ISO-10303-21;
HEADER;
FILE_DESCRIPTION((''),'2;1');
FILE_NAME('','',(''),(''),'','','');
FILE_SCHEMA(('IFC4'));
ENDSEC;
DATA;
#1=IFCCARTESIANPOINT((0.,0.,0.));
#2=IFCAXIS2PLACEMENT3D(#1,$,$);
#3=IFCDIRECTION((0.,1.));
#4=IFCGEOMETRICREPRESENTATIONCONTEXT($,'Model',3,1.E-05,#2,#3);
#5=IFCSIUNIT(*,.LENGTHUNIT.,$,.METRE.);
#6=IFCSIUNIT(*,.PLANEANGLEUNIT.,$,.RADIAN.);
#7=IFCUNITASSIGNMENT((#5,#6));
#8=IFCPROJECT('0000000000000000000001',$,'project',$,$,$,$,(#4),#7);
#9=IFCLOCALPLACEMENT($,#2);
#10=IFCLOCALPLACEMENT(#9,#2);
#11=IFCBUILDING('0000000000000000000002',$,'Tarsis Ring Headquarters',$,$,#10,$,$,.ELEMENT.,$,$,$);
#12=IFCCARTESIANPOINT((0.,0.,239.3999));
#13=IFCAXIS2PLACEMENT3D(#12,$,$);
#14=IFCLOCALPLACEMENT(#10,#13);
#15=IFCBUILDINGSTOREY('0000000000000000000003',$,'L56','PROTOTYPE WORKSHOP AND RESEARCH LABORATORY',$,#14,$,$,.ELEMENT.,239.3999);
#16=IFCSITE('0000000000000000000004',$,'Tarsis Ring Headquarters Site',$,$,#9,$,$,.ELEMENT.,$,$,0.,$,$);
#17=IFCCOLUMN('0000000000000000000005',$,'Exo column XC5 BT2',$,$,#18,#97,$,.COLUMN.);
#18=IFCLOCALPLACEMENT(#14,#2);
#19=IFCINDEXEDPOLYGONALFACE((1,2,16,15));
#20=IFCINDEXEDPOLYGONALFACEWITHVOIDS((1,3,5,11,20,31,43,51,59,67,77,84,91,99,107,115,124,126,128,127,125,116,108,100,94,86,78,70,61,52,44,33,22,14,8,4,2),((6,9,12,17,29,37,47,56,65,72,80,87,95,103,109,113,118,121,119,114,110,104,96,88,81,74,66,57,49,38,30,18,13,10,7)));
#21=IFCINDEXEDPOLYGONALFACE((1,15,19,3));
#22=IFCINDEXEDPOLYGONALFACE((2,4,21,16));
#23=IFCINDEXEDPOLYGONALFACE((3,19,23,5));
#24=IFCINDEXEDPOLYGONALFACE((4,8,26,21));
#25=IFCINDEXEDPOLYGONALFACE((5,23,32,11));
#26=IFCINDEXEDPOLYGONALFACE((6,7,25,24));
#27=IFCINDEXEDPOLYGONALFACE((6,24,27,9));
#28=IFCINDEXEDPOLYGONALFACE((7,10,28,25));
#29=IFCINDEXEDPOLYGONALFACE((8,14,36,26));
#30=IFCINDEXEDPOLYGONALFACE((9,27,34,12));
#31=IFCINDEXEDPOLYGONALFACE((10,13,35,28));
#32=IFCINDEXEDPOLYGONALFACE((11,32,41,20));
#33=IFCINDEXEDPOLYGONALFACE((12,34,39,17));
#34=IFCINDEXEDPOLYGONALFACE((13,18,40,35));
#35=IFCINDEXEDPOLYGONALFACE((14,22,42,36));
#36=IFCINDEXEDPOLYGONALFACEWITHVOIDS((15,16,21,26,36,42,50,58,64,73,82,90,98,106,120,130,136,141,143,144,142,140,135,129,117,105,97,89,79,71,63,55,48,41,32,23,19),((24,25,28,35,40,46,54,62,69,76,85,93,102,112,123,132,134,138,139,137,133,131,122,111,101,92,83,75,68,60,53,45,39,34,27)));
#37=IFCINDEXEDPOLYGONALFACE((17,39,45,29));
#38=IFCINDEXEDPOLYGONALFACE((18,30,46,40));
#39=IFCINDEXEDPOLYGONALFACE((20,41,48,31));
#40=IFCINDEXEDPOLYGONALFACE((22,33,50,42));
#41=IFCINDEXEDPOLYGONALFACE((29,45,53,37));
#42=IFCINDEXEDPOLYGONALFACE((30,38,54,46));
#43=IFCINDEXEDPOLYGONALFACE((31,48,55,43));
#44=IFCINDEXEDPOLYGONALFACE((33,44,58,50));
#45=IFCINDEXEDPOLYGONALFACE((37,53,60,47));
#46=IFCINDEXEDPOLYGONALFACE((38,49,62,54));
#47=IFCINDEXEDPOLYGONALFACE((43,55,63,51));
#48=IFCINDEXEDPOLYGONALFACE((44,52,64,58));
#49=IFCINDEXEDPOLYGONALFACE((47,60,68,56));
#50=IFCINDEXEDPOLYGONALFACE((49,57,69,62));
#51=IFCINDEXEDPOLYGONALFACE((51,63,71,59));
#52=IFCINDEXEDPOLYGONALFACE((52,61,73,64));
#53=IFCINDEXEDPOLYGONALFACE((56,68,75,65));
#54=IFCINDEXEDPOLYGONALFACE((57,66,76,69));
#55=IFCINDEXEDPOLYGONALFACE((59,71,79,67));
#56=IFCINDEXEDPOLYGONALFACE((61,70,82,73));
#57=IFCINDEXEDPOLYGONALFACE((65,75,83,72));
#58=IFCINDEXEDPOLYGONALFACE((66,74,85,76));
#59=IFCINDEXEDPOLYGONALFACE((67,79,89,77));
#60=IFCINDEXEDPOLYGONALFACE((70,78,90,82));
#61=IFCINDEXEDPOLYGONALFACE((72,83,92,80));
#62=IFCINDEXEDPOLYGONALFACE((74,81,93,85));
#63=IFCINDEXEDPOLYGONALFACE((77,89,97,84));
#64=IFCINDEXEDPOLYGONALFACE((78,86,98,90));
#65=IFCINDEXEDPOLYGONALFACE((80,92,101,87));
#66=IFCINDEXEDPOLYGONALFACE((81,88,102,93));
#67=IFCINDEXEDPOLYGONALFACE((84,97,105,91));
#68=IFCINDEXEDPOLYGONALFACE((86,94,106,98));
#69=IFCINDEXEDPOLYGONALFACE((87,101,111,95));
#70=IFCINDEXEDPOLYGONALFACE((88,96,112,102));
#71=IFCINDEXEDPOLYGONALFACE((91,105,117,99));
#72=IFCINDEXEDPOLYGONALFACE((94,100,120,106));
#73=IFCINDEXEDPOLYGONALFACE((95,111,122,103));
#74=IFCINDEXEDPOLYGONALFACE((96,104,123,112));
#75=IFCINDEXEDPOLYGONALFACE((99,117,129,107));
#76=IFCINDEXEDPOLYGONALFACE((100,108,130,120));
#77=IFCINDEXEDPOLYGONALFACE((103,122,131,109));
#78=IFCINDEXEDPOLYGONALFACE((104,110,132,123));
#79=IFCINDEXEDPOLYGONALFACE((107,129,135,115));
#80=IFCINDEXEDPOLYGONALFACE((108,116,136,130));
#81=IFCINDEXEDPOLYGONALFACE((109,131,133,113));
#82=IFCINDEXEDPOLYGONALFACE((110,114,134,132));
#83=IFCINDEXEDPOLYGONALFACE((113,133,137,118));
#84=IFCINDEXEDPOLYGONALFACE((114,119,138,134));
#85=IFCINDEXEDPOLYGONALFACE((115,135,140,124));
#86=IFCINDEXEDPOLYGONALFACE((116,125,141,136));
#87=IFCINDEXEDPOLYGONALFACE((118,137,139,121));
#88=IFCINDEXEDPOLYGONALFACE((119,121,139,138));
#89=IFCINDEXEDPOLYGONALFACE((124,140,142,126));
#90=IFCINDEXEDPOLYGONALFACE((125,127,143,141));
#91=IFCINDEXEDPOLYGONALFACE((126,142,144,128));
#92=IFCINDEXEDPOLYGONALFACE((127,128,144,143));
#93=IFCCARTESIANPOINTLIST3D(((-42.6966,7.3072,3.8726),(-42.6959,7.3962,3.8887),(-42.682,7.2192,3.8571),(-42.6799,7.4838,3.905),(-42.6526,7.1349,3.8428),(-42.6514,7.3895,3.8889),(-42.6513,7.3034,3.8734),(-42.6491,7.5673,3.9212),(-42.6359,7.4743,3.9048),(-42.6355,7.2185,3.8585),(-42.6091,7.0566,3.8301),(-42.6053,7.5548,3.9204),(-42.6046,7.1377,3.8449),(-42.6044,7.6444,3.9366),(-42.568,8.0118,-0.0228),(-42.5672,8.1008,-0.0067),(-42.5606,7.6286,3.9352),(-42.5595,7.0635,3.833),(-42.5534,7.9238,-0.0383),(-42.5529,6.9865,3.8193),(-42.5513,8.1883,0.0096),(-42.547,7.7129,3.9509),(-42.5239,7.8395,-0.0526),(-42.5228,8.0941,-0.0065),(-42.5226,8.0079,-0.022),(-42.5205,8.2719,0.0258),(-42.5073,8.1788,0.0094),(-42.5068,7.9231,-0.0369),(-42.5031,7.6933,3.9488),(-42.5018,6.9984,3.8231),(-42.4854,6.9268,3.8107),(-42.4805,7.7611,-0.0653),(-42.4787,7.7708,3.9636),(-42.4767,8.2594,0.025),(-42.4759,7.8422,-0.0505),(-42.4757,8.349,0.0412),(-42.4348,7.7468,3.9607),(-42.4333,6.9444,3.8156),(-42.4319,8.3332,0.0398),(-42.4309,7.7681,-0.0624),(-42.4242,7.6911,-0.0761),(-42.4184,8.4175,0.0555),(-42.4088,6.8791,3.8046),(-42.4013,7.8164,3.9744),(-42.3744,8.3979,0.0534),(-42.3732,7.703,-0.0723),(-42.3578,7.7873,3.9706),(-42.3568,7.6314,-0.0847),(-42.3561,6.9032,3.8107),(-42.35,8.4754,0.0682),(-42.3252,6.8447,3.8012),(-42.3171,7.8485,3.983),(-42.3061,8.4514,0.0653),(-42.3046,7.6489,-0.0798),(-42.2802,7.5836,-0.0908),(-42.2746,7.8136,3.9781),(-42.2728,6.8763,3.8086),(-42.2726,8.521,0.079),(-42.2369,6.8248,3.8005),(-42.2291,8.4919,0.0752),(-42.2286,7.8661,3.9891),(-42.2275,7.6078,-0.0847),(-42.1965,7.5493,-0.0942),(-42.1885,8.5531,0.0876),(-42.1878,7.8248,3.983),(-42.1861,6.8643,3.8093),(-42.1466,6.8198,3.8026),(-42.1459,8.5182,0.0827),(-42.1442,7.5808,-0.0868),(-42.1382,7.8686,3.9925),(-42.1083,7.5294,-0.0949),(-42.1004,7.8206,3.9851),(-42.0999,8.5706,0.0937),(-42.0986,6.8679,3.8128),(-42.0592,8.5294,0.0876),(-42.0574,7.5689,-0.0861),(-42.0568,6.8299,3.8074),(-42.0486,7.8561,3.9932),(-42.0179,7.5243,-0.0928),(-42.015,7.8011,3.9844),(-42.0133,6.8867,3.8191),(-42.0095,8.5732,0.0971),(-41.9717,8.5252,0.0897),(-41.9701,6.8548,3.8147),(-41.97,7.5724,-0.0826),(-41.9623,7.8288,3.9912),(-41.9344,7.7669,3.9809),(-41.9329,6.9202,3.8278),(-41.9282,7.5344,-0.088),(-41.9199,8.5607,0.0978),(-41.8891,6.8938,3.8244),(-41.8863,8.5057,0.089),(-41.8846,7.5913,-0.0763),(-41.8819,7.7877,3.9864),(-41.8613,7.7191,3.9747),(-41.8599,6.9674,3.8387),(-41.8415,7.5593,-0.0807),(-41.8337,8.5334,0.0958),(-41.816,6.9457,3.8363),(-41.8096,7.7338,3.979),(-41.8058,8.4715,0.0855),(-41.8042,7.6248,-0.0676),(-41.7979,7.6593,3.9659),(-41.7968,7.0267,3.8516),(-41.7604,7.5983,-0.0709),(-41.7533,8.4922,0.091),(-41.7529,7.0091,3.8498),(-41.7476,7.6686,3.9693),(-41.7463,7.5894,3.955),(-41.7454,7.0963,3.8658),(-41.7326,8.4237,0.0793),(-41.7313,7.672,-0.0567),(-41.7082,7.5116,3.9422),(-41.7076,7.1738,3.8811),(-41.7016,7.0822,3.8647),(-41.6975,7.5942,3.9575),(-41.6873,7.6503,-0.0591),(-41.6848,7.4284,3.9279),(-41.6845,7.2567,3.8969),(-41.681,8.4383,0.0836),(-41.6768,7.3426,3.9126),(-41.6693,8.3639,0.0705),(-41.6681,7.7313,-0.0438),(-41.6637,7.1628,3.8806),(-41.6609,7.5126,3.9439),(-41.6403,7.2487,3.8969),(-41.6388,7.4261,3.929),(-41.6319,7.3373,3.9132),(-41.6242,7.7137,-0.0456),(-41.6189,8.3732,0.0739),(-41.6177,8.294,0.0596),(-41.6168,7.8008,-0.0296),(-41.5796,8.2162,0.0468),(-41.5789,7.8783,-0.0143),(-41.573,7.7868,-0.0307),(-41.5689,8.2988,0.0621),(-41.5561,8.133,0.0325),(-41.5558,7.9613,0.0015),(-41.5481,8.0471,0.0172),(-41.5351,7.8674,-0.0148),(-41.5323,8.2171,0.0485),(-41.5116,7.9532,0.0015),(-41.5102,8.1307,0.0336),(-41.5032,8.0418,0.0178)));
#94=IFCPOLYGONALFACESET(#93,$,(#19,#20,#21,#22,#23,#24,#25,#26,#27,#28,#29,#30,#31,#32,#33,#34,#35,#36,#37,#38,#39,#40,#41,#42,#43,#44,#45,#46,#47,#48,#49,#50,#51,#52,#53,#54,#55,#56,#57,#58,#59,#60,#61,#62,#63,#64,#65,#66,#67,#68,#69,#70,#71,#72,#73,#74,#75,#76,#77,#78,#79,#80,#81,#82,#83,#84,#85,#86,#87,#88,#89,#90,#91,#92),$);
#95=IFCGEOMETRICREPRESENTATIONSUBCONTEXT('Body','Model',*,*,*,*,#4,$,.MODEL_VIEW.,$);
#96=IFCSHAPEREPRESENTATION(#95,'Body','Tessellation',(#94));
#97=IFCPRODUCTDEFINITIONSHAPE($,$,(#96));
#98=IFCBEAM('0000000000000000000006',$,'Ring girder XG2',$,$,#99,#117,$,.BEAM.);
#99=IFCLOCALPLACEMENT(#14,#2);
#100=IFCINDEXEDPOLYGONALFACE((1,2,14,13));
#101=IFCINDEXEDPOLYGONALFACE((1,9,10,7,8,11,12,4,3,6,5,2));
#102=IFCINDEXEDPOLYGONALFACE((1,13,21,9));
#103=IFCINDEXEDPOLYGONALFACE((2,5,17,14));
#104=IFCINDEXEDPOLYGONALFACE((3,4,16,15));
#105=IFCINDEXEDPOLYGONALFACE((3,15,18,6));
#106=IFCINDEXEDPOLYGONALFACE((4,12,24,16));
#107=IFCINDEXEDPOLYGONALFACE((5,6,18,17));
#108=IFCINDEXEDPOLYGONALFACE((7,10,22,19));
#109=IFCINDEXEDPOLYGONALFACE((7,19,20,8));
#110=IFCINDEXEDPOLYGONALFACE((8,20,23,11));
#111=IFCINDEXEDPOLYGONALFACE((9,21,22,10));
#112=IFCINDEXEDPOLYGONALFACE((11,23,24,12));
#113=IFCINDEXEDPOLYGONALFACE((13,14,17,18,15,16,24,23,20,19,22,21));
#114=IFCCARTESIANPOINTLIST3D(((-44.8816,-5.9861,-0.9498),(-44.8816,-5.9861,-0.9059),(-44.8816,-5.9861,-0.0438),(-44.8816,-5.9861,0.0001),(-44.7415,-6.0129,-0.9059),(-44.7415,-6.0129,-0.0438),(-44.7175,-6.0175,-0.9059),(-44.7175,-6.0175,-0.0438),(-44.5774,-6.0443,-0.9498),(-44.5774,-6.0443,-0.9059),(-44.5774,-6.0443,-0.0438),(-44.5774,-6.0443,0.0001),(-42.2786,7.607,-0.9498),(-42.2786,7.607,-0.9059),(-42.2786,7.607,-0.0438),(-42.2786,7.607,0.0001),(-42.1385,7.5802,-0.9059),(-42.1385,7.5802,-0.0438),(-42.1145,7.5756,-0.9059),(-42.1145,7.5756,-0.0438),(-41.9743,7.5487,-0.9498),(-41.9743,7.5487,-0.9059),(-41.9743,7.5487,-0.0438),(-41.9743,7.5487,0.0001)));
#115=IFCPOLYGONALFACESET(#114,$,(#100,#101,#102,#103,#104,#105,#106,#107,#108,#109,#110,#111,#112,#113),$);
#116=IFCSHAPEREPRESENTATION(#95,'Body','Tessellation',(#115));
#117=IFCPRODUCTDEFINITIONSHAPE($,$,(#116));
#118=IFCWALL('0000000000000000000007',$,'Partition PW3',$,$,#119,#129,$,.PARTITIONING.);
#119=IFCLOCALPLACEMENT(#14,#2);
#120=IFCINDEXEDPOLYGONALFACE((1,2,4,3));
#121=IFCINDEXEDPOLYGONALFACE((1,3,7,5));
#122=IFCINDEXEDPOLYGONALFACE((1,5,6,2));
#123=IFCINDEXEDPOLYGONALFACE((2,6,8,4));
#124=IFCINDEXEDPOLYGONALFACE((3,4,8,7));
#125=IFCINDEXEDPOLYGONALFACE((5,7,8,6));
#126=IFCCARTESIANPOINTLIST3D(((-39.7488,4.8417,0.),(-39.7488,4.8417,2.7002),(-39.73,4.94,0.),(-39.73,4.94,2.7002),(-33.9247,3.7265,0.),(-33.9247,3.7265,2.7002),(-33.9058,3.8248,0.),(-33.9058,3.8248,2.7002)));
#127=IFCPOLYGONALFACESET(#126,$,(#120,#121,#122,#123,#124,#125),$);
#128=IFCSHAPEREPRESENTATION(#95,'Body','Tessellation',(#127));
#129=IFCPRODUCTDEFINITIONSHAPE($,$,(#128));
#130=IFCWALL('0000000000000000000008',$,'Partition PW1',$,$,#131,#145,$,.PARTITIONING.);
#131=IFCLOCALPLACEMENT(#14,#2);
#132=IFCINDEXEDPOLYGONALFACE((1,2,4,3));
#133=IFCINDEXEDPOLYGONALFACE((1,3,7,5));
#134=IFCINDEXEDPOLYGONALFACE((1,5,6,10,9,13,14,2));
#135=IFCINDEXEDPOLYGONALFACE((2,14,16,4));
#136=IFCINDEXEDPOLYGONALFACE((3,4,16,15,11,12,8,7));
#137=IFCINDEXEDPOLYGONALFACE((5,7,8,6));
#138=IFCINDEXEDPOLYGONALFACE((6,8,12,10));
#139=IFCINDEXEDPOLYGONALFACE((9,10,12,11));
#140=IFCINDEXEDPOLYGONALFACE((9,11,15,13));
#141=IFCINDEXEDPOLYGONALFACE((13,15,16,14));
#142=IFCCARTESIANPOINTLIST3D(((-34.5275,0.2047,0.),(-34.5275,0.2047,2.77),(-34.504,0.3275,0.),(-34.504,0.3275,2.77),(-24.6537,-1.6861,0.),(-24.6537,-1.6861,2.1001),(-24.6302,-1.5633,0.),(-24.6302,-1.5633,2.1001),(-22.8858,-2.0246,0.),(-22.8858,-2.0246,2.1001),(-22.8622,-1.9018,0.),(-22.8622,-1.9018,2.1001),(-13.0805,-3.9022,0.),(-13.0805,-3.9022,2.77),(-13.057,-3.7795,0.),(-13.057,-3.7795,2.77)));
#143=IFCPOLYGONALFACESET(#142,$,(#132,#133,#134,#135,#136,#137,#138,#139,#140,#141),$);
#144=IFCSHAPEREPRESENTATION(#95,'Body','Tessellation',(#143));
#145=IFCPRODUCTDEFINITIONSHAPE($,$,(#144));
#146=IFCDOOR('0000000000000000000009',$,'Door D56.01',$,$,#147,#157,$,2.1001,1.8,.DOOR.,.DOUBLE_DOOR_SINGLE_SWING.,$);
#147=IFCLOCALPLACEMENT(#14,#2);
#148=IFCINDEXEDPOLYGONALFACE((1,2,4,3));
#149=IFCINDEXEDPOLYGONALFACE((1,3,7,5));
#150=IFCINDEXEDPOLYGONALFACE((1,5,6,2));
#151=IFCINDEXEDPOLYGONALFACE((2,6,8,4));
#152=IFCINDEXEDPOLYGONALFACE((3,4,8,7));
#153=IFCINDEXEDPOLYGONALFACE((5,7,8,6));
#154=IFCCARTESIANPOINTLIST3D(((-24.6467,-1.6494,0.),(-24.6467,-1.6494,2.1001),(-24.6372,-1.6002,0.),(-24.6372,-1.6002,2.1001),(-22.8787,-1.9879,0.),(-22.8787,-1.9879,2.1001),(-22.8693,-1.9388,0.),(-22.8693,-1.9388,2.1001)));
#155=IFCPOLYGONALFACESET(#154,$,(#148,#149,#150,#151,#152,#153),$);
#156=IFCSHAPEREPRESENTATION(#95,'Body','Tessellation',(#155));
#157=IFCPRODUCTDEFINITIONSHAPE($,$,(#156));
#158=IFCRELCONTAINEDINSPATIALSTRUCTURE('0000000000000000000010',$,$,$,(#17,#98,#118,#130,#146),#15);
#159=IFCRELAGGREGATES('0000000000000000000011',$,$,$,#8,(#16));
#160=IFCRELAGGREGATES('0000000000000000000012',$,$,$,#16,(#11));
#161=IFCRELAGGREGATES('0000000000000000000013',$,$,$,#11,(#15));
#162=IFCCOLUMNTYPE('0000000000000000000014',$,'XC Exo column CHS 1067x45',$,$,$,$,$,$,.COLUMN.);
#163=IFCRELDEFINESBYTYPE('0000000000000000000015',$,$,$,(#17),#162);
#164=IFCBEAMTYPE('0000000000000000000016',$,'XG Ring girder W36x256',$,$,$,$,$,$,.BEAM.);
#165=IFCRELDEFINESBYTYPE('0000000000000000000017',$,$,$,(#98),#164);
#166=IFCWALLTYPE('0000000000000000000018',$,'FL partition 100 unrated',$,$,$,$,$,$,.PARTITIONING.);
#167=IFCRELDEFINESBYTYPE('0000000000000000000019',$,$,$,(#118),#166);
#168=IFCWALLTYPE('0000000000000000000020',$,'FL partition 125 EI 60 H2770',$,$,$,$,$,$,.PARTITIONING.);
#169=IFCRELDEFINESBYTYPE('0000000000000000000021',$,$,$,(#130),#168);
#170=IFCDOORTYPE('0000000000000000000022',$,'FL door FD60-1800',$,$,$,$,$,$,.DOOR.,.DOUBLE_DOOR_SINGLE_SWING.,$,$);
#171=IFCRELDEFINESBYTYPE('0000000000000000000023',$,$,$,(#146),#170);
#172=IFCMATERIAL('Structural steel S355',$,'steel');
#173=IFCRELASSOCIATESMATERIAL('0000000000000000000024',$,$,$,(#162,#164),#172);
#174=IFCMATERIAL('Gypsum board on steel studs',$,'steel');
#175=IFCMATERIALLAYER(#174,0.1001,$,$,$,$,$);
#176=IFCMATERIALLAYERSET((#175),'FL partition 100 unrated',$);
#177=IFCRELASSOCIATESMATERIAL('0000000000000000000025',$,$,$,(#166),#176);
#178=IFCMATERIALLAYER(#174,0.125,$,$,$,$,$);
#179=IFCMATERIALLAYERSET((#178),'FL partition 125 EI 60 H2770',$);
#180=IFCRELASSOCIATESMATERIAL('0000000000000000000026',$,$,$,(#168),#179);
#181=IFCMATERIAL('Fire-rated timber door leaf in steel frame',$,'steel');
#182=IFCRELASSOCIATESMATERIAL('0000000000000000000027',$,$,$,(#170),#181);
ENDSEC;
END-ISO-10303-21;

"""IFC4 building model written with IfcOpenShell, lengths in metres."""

from ifc_helpers import new_model, si_unit, direction, frame, frame_2d, origin, origin_2d, place, context, subcontext, project, spatial, rectangle, hollow_circle, i_section, extrude, material, layer, layer_set, material_profile, profile_set, type_object, element, fill, save


model = new_model("IFC4")

# Units and contexts
model_context = context("Model", 3, precision=1e-05, world=origin(), true_north=direction((0.0, 1.0)))
body_context = subcontext(model_context, "Body", "Model", "MODEL_VIEW")
ifc_project = project(units=[si_unit("LENGTHUNIT", "METRE"), si_unit("PLANEANGLEUNIT", "RADIAN")], contexts=[model_context])

# Site, building, storey
site_placement = place(None, origin())
site = spatial("IfcSite", under=ifc_project, at=site_placement, Name="Tarsis Ring Headquarters Site", CompositionType="ELEMENT", RefElevation=0.0)
building_placement = place(site_placement, origin())
building = spatial("IfcBuilding", under=site, at=building_placement, Name="Tarsis Ring Headquarters", CompositionType="ELEMENT")
storey_placement = place(building_placement, frame((0.0, 0.0, 239.3999)))
storey = spatial("IfcBuildingStorey", under=building, at=storey_placement, Name="L56", Description="PROTOTYPE WORKSHOP AND RESEARCH LABORATORY", CompositionType="ELEMENT", Elevation=239.3999)

# Column
ifc_material_1 = material(Name="Structural steel S355", Category="steel")
ifc_material_profile_1 = material_profile(ifc_material_1, hollow_circle(Radius=0.5334, WallThickness=0.0449, at=origin_2d()), Name="CHS 1067x45")
ifc_profile_set_1 = profile_set([ifc_material_profile_1], Name="Structural steel S355")
column_type = type_object("IfcColumnType", Name="XC Exo column CHS 1067x45", PredefinedType="COLUMN", material=ifc_profile_set_1)
column_placement = place(storey_placement, frame((-42.0364, 8.0491, 0.0015), z_axis=(-0.032484, -0.177891, 0.983514), x_axis=(0.983733, -0.179635, 0.0)))
element("IfcColumn", 1, at=column_placement, inside=storey, type_object=column_type, Name="Exo column XC5 BT2", PredefinedType="COLUMN", context=body_context, shape_type="SweptSolid", body=[
    extrude(hollow_circle(Radius=0.5334, WallThickness=0.0449, at=origin_2d()), origin(), (0.0, 0.0, 1.0), 3.9607),
])

# Beam
ifc_material_profile_2 = material_profile(ifc_material_1, i_section(OverallWidth=0.3098, OverallDepth=0.95, WebThickness=0.0244, FlangeThickness=0.0439, at=origin_2d()), Name="W36x256")
ifc_profile_set_2 = profile_set([ifc_material_profile_2], Name="Structural steel S355")
beam_type = type_object("IfcBeamType", Name="XG Ring girder W36x256", PredefinedType="BEAM", material=ifc_profile_set_2)
beam_placement = place(storey_placement, frame((-42.1265, 7.5779, -0.4749), z_axis=(-0.18808, -0.982154, 0.0), x_axis=(0.982154, -0.18808, 0.0)))
element("IfcBeam", 2, at=beam_placement, inside=storey, type_object=beam_type, Name="Ring girder XG2", PredefinedType="BEAM", context=body_context, shape_type="SweptSolid", body=[
    extrude(i_section(OverallWidth=0.3098, OverallDepth=0.95, WebThickness=0.0244, FlangeThickness=0.0439, at=origin_2d()), origin(), (0.0, 0.0, 1.0), 13.8401),
])

# Wall
ifc_material_2 = material(Name="Gypsum board on steel studs", Category="steel")
ifc_layer_1 = layer(ifc_material_2, 0.1001)
ifc_layer_set_1 = layer_set([ifc_layer_1], Name="FL partition 100 unrated")
wall_type_1 = type_object("IfcWallType", Name="FL partition 100 unrated", PredefinedType="PARTITIONING", material=ifc_layer_set_1)
wall_1_placement = place(storey_placement, frame((-39.7393, 4.8909, 0.0), z_axis=(0.0, 0.0, 1.0), x_axis=(0.982156, -0.188066, 0.0)))
element("IfcWall", 3, at=wall_1_placement, inside=storey, type_object=wall_type_1, Name="Partition PW3", PredefinedType="PARTITIONING", context=body_context, shape_type="SweptSolid", body=[
    extrude(rectangle(XDim=5.9299, YDim=0.1001, at=frame_2d((2.9648, 0.0))), origin(), (0.0, 0.0, 1.0), 2.7002),
])

# Wall, opening, door
ifc_layer_2 = layer(ifc_material_2, 0.125)
ifc_layer_set_2 = layer_set([ifc_layer_2], Name="FL partition 125 EI 60 H2770")
wall_type_2 = type_object("IfcWallType", Name="FL partition 125 EI 60 H2770", PredefinedType="PARTITIONING", material=ifc_layer_set_2)
wall_2_placement = place(storey_placement, frame((-34.5159, 0.2661, 0.0), z_axis=(0.0, 0.0, 1.0), x_axis=(0.982155, -0.188075, 0.0)))
wall_2 = element("IfcWall", 4, at=wall_2_placement, inside=storey, type_object=wall_type_2, Name="Partition PW1", PredefinedType="PARTITIONING", context=body_context, shape_type="SweptSolid", body=[
    extrude(rectangle(XDim=21.8367, YDim=0.125, at=frame_2d((10.9185, 0.0))), origin(), (0.0, 0.0, 1.0), 2.77),
])
opening_1_placement = place(wall_2_placement, frame((10.0535, 0.0, 0.0)))
opening_1 = element("IfcOpeningElement", 5, at=opening_1_placement, cuts=wall_2, PredefinedType="OPENING", context=body_context, shape_type="SweptSolid", body=[
    extrude(rectangle(XDim=1.8, YDim=2.1001, at=frame_2d((0.8999, 1.05))), frame((0.0, 0.0725, 0.0), z_axis=(0.0, -1.0, 0.0), x_axis=(1.0, 0.0, 0.0)), (0.0, 0.0, 1.0), 0.145),
])
ifc_material_3 = material(Name="Fire-rated timber door leaf in steel frame", Category="steel")
door_type = type_object("IfcDoorType", Name="FL door FD60-1800", OperationType="DOUBLE_DOOR_SINGLE_SWING", PredefinedType="DOOR", material=ifc_material_3)
door_1_placement = place(opening_1_placement, origin())
door_1 = element("IfcDoor", 6, at=door_1_placement, inside=storey, type_object=door_type, Name="Door D56.01", OperationType="DOUBLE_DOOR_SINGLE_SWING", OverallHeight=2.1001, OverallWidth=1.8, PredefinedType="DOOR", context=body_context, shape_type="SweptSolid", body=[
    extrude(rectangle(XDim=1.8, YDim=2.1001, at=frame_2d((0.8999, 1.05))), frame((0.0, 0.0249, 0.0), z_axis=(0.0, -1.0, 0.0), x_axis=(1.0, 0.0, 0.0)), (0.0, 0.0, 1.0), 0.05),
])
fill(opening_1, door_1)

save(model, "model.ifc")
